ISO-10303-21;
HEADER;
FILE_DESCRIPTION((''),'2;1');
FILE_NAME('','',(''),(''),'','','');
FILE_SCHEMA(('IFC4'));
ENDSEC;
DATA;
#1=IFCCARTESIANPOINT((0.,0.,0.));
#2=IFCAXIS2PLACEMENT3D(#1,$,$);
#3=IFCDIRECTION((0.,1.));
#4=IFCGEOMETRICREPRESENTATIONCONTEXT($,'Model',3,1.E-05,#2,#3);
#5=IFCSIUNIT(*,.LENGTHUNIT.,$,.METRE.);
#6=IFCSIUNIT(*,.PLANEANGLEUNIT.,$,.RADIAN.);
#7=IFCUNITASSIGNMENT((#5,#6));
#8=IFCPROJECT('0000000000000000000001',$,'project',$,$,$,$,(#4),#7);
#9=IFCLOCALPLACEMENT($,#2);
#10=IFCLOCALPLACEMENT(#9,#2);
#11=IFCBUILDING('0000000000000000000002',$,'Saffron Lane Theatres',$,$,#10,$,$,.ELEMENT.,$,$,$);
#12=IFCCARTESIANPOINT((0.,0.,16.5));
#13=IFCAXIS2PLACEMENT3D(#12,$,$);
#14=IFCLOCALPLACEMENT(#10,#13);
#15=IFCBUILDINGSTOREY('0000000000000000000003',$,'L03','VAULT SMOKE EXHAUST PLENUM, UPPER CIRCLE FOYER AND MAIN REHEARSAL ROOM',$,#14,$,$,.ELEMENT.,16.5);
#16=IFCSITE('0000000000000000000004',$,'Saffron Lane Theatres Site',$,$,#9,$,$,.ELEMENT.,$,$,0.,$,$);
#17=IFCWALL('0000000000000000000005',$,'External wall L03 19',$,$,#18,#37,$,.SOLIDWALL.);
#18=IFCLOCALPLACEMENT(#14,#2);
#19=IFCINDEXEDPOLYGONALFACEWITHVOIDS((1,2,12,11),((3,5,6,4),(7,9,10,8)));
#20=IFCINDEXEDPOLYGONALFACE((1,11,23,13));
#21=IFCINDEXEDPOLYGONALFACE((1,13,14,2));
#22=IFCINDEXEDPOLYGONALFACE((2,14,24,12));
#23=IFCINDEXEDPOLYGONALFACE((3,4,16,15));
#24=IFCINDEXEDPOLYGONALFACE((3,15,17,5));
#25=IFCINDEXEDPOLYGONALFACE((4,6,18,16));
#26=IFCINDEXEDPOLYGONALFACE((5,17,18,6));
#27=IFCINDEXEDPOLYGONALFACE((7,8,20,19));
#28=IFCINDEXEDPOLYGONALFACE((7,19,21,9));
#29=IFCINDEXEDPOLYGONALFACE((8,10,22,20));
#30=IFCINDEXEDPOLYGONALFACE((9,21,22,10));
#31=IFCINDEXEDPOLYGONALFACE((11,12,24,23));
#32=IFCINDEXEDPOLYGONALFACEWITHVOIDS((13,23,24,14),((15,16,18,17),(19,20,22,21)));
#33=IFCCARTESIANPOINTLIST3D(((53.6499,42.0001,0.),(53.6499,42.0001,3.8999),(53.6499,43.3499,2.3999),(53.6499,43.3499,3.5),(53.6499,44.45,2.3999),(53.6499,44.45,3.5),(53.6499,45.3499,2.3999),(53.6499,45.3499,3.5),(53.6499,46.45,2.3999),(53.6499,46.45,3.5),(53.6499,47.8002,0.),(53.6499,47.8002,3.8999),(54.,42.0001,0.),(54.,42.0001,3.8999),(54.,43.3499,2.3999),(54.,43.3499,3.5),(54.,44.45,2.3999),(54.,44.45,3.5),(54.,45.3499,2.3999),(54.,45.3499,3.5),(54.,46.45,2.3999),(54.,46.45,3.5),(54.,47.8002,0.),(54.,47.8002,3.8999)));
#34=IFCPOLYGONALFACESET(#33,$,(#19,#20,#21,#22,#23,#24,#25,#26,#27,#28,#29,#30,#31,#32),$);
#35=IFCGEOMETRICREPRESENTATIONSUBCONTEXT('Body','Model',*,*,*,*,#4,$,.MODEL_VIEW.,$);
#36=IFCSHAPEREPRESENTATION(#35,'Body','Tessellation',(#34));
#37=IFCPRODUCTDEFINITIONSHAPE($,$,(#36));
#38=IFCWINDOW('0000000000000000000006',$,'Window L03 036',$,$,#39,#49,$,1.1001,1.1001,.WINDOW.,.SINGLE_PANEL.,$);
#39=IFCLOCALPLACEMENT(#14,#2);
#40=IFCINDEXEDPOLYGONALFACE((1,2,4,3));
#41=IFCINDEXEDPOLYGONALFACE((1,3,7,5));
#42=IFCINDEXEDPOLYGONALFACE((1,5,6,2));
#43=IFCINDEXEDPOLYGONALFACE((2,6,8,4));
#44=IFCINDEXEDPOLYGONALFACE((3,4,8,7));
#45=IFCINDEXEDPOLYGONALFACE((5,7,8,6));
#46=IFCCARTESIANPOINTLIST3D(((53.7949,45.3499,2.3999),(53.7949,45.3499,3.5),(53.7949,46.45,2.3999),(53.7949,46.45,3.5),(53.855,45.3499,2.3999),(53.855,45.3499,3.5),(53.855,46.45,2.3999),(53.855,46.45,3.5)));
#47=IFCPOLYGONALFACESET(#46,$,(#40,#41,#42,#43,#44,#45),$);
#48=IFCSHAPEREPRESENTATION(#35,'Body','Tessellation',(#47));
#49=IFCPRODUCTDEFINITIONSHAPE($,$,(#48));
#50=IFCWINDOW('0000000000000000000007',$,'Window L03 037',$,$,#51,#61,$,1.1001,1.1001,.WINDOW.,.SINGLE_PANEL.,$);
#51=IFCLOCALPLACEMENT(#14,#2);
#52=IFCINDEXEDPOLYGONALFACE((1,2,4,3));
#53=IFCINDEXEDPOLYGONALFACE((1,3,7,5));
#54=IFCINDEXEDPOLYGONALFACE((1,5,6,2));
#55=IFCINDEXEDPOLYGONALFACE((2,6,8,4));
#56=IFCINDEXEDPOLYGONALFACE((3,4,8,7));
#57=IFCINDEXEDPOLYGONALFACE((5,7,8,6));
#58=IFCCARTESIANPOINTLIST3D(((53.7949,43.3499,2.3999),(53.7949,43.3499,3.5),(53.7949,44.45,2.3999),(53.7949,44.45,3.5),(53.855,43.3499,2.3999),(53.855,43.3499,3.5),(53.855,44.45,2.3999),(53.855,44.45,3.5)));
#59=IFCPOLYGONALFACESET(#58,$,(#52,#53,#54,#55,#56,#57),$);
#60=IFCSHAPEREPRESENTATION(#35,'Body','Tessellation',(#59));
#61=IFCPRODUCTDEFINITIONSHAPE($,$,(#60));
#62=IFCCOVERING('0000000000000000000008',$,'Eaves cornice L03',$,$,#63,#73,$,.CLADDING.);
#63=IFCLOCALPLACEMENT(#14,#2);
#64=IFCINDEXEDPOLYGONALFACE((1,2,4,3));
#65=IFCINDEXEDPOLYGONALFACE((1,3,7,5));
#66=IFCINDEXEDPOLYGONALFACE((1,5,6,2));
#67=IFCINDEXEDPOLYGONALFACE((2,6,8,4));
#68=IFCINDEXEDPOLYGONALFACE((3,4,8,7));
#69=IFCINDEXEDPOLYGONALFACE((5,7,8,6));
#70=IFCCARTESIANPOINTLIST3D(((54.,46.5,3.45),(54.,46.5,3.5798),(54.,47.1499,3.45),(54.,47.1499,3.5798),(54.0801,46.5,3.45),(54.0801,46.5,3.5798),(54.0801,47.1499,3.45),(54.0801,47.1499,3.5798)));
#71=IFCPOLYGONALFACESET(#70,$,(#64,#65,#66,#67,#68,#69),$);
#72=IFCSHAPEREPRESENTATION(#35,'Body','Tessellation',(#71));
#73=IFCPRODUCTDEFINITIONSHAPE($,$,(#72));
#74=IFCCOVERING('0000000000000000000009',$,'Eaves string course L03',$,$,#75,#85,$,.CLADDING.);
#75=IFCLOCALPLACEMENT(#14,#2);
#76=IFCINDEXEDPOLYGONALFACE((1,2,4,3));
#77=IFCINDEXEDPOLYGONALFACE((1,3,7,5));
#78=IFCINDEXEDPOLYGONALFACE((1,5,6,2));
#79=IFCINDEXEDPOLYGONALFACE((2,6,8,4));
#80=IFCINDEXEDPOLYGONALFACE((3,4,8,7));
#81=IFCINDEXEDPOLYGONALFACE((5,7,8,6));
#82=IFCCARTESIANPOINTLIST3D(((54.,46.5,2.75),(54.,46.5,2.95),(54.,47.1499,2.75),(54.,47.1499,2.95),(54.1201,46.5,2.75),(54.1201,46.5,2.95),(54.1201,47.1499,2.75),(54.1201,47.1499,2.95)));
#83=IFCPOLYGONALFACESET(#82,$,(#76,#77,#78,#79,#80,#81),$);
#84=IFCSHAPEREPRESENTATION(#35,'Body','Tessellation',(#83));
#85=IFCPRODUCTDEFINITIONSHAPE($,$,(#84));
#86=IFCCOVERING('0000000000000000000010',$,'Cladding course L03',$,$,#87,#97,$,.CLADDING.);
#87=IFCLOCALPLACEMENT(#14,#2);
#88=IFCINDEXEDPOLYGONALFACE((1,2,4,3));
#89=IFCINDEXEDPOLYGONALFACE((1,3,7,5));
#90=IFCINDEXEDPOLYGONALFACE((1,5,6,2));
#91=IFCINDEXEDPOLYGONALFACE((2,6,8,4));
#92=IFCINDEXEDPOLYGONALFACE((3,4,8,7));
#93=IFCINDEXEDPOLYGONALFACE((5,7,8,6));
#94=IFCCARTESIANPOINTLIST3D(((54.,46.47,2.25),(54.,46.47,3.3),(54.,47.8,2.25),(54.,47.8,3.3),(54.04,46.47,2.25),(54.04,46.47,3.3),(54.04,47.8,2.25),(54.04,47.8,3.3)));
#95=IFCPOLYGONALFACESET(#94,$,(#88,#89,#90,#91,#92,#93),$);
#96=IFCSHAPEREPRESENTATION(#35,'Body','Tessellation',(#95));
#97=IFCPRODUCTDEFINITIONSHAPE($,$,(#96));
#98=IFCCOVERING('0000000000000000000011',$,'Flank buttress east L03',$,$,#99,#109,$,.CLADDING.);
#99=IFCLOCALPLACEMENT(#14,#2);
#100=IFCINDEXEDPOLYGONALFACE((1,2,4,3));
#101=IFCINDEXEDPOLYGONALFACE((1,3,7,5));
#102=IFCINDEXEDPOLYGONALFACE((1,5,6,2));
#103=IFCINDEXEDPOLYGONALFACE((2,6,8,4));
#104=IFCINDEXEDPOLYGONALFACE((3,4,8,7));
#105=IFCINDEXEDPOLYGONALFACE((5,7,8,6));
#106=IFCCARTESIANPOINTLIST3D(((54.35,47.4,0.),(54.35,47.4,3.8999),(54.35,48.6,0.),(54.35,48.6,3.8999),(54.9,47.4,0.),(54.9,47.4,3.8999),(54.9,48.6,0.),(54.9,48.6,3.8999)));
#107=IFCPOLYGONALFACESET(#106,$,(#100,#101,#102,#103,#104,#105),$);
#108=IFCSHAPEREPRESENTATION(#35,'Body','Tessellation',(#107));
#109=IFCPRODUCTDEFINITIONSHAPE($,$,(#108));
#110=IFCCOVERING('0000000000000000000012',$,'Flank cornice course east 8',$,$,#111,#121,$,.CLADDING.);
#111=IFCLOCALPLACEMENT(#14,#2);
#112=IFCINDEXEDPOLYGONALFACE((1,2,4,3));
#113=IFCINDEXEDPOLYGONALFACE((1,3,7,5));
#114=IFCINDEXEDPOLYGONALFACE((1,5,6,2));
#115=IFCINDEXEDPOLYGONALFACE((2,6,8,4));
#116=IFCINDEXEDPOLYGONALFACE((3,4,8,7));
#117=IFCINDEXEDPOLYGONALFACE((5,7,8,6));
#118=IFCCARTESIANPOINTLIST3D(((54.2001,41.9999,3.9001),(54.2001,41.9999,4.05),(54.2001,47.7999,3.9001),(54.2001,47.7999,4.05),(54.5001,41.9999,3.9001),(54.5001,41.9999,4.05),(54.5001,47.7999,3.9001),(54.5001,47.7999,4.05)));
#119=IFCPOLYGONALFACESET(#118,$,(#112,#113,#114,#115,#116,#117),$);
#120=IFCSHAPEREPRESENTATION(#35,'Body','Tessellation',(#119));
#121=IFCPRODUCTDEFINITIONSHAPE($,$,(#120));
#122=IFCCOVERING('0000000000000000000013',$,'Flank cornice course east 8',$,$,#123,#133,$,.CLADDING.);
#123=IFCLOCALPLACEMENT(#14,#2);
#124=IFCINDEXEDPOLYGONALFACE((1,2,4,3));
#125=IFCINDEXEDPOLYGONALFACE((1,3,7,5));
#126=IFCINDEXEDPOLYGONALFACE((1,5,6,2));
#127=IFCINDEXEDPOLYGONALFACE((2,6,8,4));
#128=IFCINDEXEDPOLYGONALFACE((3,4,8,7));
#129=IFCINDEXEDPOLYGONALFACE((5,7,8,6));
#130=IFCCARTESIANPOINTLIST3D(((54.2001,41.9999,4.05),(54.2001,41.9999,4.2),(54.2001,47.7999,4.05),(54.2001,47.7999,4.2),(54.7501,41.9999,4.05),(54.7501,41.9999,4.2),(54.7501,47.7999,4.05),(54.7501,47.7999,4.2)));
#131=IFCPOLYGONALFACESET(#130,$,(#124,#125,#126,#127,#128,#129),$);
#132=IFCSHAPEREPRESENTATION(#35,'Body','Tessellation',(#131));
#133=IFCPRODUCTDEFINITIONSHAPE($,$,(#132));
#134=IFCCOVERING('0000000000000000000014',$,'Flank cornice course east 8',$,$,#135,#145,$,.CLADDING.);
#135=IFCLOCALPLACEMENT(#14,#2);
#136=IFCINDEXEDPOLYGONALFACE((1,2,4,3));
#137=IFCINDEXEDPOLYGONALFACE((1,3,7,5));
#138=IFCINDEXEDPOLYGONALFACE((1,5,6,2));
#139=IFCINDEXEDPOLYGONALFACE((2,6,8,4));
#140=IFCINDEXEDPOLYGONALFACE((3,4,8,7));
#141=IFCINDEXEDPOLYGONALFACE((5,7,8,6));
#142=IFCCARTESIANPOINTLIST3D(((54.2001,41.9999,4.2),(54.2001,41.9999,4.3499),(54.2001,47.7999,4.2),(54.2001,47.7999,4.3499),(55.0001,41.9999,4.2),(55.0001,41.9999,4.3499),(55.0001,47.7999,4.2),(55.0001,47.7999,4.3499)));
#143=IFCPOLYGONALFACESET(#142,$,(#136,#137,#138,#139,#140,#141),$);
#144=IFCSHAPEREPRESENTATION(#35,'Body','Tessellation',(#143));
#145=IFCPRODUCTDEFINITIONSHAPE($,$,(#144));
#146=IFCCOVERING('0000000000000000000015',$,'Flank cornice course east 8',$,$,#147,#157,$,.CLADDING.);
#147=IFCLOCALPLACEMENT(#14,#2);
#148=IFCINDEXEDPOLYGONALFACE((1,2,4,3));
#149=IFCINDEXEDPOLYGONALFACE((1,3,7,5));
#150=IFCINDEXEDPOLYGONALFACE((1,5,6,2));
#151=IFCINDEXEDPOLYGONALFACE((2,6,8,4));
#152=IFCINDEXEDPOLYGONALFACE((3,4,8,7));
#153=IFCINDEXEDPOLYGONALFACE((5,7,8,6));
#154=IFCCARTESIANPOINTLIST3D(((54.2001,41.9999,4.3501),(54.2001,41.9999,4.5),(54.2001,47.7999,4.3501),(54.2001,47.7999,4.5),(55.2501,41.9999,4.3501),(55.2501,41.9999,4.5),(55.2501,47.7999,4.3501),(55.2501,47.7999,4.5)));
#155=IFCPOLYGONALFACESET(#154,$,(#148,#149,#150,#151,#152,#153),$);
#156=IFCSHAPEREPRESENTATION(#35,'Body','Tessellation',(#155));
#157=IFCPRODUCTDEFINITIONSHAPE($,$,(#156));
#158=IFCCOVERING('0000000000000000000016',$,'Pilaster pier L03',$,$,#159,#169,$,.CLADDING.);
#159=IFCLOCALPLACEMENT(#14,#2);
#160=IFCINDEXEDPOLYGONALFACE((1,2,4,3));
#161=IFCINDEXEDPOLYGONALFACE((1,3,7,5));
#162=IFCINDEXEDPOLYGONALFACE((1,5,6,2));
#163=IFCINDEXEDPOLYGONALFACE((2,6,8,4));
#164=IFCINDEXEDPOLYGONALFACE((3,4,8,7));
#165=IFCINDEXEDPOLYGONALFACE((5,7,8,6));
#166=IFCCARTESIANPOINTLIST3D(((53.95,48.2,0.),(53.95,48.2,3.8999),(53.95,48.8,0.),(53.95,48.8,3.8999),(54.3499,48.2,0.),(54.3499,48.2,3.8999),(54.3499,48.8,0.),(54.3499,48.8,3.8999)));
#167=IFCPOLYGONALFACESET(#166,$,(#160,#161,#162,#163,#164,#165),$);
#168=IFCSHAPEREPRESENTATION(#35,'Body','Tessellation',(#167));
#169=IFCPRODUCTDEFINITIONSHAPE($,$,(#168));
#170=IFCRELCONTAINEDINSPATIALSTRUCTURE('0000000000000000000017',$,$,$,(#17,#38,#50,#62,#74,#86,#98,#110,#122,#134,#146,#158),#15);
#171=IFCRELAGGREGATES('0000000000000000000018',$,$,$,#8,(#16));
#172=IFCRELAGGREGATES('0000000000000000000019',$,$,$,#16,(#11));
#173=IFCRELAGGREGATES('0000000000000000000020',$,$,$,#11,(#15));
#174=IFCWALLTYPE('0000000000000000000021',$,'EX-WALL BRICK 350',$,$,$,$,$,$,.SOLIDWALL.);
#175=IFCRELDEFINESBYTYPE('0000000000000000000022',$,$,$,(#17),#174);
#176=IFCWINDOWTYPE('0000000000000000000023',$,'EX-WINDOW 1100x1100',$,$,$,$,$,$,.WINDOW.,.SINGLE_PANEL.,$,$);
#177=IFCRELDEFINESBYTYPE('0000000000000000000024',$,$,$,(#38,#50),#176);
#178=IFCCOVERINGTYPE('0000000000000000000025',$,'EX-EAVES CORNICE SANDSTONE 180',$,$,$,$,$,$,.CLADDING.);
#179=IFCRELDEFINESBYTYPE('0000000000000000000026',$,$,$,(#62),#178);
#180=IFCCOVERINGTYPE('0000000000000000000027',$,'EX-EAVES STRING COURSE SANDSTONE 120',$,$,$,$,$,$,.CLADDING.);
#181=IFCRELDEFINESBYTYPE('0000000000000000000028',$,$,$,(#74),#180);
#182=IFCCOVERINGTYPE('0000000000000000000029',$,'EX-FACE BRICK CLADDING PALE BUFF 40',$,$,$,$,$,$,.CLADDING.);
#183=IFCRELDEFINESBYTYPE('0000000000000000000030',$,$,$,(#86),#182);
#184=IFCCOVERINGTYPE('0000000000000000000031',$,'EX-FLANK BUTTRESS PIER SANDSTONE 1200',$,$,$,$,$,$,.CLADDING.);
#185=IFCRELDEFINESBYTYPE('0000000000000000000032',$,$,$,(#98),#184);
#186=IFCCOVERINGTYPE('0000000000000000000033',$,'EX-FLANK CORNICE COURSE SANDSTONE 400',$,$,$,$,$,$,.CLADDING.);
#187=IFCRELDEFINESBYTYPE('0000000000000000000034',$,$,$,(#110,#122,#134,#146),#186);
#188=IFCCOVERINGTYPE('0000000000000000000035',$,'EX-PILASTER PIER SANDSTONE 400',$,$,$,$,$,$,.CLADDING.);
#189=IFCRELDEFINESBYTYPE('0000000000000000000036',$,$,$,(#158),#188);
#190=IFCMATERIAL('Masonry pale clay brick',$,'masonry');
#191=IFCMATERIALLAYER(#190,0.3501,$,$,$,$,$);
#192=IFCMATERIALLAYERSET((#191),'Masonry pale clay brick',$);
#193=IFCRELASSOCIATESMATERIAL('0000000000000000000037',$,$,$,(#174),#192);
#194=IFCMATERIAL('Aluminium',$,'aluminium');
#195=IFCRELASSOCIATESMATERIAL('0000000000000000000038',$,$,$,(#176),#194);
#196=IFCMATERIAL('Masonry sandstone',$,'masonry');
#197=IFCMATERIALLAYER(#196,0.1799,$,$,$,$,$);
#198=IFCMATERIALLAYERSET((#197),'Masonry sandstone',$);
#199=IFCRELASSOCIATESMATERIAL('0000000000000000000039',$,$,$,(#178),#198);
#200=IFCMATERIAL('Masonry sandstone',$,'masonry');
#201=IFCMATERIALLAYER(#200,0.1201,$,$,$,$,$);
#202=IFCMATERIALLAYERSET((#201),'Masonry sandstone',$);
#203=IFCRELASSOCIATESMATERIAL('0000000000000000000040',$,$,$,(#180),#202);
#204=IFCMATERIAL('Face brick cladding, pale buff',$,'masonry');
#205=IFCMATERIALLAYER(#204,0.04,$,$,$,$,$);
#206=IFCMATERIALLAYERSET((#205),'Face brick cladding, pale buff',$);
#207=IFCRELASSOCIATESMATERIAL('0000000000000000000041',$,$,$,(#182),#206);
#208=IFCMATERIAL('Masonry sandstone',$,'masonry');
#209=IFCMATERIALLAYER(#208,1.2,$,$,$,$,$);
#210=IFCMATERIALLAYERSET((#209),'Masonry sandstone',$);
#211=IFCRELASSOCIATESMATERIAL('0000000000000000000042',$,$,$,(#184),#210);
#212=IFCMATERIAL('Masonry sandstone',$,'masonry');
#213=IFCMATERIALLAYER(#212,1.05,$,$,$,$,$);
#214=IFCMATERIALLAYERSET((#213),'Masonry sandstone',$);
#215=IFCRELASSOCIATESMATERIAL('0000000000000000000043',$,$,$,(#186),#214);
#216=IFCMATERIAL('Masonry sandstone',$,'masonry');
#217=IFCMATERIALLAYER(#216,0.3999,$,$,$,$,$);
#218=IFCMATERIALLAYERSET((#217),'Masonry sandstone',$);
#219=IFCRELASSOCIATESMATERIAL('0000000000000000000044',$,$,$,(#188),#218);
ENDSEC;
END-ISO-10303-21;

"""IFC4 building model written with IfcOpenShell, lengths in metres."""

from ifc_helpers import new_model, si_unit, direction, frame, frame_2d, origin, origin_2d, place, context, subcontext, project, spatial, rectangle, extrude, material, layer, layer_set, type_object, element, fill, save


model = new_model("IFC4")

# Units and contexts
model_context = context("Model", 3, precision=1e-05, world=origin(), true_north=direction((0.0, 1.0)))
body_context = subcontext(model_context, "Body", "Model", "MODEL_VIEW")
ifc_project = project(units=[si_unit("LENGTHUNIT", "METRE"), si_unit("PLANEANGLEUNIT", "RADIAN")], contexts=[model_context])

# Site, building, storey
site_placement = place(None, origin())
site = spatial("IfcSite", under=ifc_project, at=site_placement, Name="Saffron Lane Theatres Site", CompositionType="ELEMENT", RefElevation=0.0)
building_placement = place(site_placement, origin())
building = spatial("IfcBuilding", under=site, at=building_placement, Name="Saffron Lane Theatres", CompositionType="ELEMENT")
storey_placement = place(building_placement, frame((0.0, 0.0, 16.5)))
storey = spatial("IfcBuildingStorey", under=building, at=storey_placement, Name="L03", Description="VAULT SMOKE EXHAUST PLENUM, UPPER CIRCLE FOYER AND MAIN REHEARSAL ROOM", CompositionType="ELEMENT", Elevation=16.5)

# Wall, openings, windows
ifc_material_1 = material(Name="Masonry pale clay brick", Category="masonry")
ifc_layer_1 = layer(ifc_material_1, 0.3501)
ifc_layer_set_1 = layer_set([ifc_layer_1], Name="Masonry pale clay brick")
wall_type = type_object("IfcWallType", Name="EX-WALL BRICK 350", PredefinedType="SOLIDWALL", material=ifc_layer_set_1)
wall_placement = place(storey_placement, frame((53.825, 47.8, 0.0), z_axis=(0.0, 0.0, 1.0), x_axis=(0.0, -1.0, 0.0)))
wall = element("IfcWall", 1, at=wall_placement, inside=storey, type_object=wall_type, Name="External wall L03 19", PredefinedType="SOLIDWALL", context=body_context, shape_type="SweptSolid", body=[
    extrude(rectangle(XDim=5.8, YDim=0.3501, at=frame_2d((2.8999, 0.0))), origin(), (0.0, 0.0, 1.0), 3.8999),
])
opening_1_placement = place(wall_placement, frame((1.3501, 0.0, 2.3999)))
opening_1 = element("IfcOpeningElement", 2, at=opening_1_placement, cuts=wall, PredefinedType="OPENING", context=body_context, shape_type="SweptSolid", body=[
    extrude(rectangle(XDim=1.1001, YDim=1.1001, at=frame_2d((0.55, 0.55))), frame((0.0, 0.1851, 0.0), z_axis=(0.0, -1.0, 0.0), x_axis=(1.0, 0.0, 0.0)), (0.0, 0.0, 1.0), 0.3701),
])
opening_2_placement = place(wall_placement, frame((3.3501, 0.0, 2.3999)))
opening_2 = element("IfcOpeningElement", 3, at=opening_2_placement, cuts=wall, PredefinedType="OPENING", context=body_context, shape_type="SweptSolid", body=[
    extrude(rectangle(XDim=1.1001, YDim=1.1001, at=frame_2d((0.55, 0.55))), frame((0.0, 0.1851, 0.0), z_axis=(0.0, -1.0, 0.0), x_axis=(1.0, 0.0, 0.0)), (0.0, 0.0, 1.0), 0.3701),
])
ifc_material_2 = material(Name="Aluminium", Category="aluminium")
window_type = type_object("IfcWindowType", Name="EX-WINDOW 1100x1100", PartitioningType="SINGLE_PANEL", PredefinedType="WINDOW", material=ifc_material_2)
window_1_placement = place(opening_1_placement, origin())
window_1 = element("IfcWindow", 4, at=window_1_placement, inside=storey, type_object=window_type, Name="Window L03 036", OverallHeight=1.1001, OverallWidth=1.1001, PartitioningType="SINGLE_PANEL", PredefinedType="WINDOW", context=body_context, shape_type="SweptSolid", body=[
    extrude(rectangle(XDim=1.1001, YDim=1.1001, at=frame_2d((0.55, 0.55))), frame((0.0, 0.03, 0.0), z_axis=(0.0, -1.0, 0.0), x_axis=(1.0, 0.0, 0.0)), (0.0, 0.0, 1.0), 0.0601),
])
fill(opening_1, window_1)
window_2_placement = place(opening_2_placement, origin())
window_2 = element("IfcWindow", 5, at=window_2_placement, inside=storey, type_object=window_type, Name="Window L03 037", OverallHeight=1.1001, OverallWidth=1.1001, PartitioningType="SINGLE_PANEL", PredefinedType="WINDOW", context=body_context, shape_type="SweptSolid", body=[
    extrude(rectangle(XDim=1.1001, YDim=1.1001, at=frame_2d((0.55, 0.55))), frame((0.0, 0.03, 0.0), z_axis=(0.0, -1.0, 0.0), x_axis=(1.0, 0.0, 0.0)), (0.0, 0.0, 1.0), 0.0601),
])
fill(opening_2, window_2)

# Coverings
ifc_material_3 = material(Name="Masonry sandstone", Category="masonry")
ifc_layer_2 = layer(ifc_material_3, 0.1799)
ifc_layer_set_2 = layer_set([ifc_layer_2], Name="Masonry sandstone")
covering_type_1 = type_object("IfcCoveringType", Name="EX-EAVES CORNICE SANDSTONE 180", PredefinedType="CLADDING", material=ifc_layer_set_2)
covering_1_placement = place(storey_placement, frame((54.04, 46.825, 3.45), z_axis=(0.0, 0.0, 1.0), x_axis=(0.0, -1.0, 0.0)))
element("IfcCovering", 6, at=covering_1_placement, inside=storey, type_object=covering_type_1, Name="Eaves cornice L03", PredefinedType="CLADDING", context=body_context, shape_type="SweptSolid", body=[
    extrude(rectangle(XDim=0.6499, YDim=0.0801, at=origin_2d()), origin(), (0.0, 0.0, 1.0), 0.1299),
])
ifc_material_4 = material(Name="Masonry sandstone", Category="masonry")
ifc_layer_3 = layer(ifc_material_4, 0.1201)
ifc_layer_set_3 = layer_set([ifc_layer_3], Name="Masonry sandstone")
covering_type_2 = type_object("IfcCoveringType", Name="EX-EAVES STRING COURSE SANDSTONE 120", PredefinedType="CLADDING", material=ifc_layer_set_3)
covering_2_placement = place(storey_placement, frame((54.0601, 46.825, 2.75), z_axis=(0.0, 0.0, 1.0), x_axis=(0.0, -1.0, 0.0)))
element("IfcCovering", 7, at=covering_2_placement, inside=storey, type_object=covering_type_2, Name="Eaves string course L03", PredefinedType="CLADDING", context=body_context, shape_type="SweptSolid", body=[
    extrude(rectangle(XDim=0.6499, YDim=0.1201, at=origin_2d()), origin(), (0.0, 0.0, 1.0), 0.2),
])
ifc_material_5 = material(Name="Face brick cladding, pale buff", Category="masonry")
ifc_layer_4 = layer(ifc_material_5, 0.04)
ifc_layer_set_4 = layer_set([ifc_layer_4], Name="Face brick cladding, pale buff")
covering_type_3 = type_object("IfcCoveringType", Name="EX-FACE BRICK CLADDING PALE BUFF 40", PredefinedType="CLADDING", material=ifc_layer_set_4)
covering_3_placement = place(storey_placement, frame((54.02, 47.135, 2.25), z_axis=(0.0, 0.0, 1.0), x_axis=(0.0, -1.0, 0.0)))
element("IfcCovering", 8, at=covering_3_placement, inside=storey, type_object=covering_type_3, Name="Cladding course L03", PredefinedType="CLADDING", context=body_context, shape_type="SweptSolid", body=[
    extrude(rectangle(XDim=1.3301, YDim=0.04, at=origin_2d()), origin(), (0.0, 0.0, 1.0), 1.05),
])
ifc_material_6 = material(Name="Masonry sandstone", Category="masonry")
ifc_layer_5 = layer(ifc_material_6, 1.2)
ifc_layer_set_5 = layer_set([ifc_layer_5], Name="Masonry sandstone")
covering_type_4 = type_object("IfcCoveringType", Name="EX-FLANK BUTTRESS PIER SANDSTONE 1200", PredefinedType="CLADDING", material=ifc_layer_set_5)
covering_4_placement = place(storey_placement, frame((54.625, 48.0, 0.0), z_axis=(0.0, 0.0, 1.0), x_axis=(0.0, 1.0, 0.0)))
element("IfcCovering", 9, at=covering_4_placement, inside=storey, type_object=covering_type_4, Name="Flank buttress east L03", PredefinedType="CLADDING", context=body_context, shape_type="SweptSolid", body=[
    extrude(rectangle(XDim=1.2, YDim=0.55, at=origin_2d()), origin(), (0.0, 0.0, 1.0), 3.8999),
])
ifc_material_7 = material(Name="Masonry sandstone", Category="masonry")
ifc_layer_6 = layer(ifc_material_7, 1.05)
ifc_layer_set_6 = layer_set([ifc_layer_6], Name="Masonry sandstone")
covering_type_5 = type_object("IfcCoveringType", Name="EX-FLANK CORNICE COURSE SANDSTONE 400", PredefinedType="CLADDING", material=ifc_layer_set_6)
covering_5_placement = place(storey_placement, frame((54.3501, 44.8999, 3.9001), z_axis=(0.0, 0.0, 1.0), x_axis=(0.0, 1.0, 0.0)))
element("IfcCovering", 10, at=covering_5_placement, inside=storey, type_object=covering_type_5, Name="Flank cornice course east 8", PredefinedType="CLADDING", context=body_context, shape_type="SweptSolid", body=[
    extrude(rectangle(XDim=5.8, YDim=0.3, at=origin_2d()), origin(), (0.0, 0.0, 1.0), 0.1499),
])
covering_6_placement = place(storey_placement, frame((54.4751, 44.8999, 4.05), z_axis=(0.0, 0.0, 1.0), x_axis=(0.0, 1.0, 0.0)))
element("IfcCovering", 11, at=covering_6_placement, inside=storey, type_object=covering_type_5, Name="Flank cornice course east 8", PredefinedType="CLADDING", context=body_context, shape_type="SweptSolid", body=[
    extrude(rectangle(XDim=5.8, YDim=0.55, at=origin_2d()), origin(), (0.0, 0.0, 1.0), 0.1499),
])
covering_7_placement = place(storey_placement, frame((54.6001, 44.8999, 4.2), z_axis=(0.0, 0.0, 1.0), x_axis=(0.0, 1.0, 0.0)))
element("IfcCovering", 12, at=covering_7_placement, inside=storey, type_object=covering_type_5, Name="Flank cornice course east 8", PredefinedType="CLADDING", context=body_context, shape_type="SweptSolid", body=[
    extrude(rectangle(XDim=5.8, YDim=0.8, at=origin_2d()), origin(), (0.0, 0.0, 1.0), 0.1499),
])
covering_8_placement = place(storey_placement, frame((54.7251, 44.8999, 4.3501), z_axis=(0.0, 0.0, 1.0), x_axis=(0.0, 1.0, 0.0)))
element("IfcCovering", 13, at=covering_8_placement, inside=storey, type_object=covering_type_5, Name="Flank cornice course east 8", PredefinedType="CLADDING", context=body_context, shape_type="SweptSolid", body=[
    extrude(rectangle(XDim=5.8, YDim=1.05, at=origin_2d()), origin(), (0.0, 0.0, 1.0), 0.1499),
])
ifc_material_8 = material(Name="Masonry sandstone", Category="masonry")
ifc_layer_7 = layer(ifc_material_8, 0.3999)
ifc_layer_set_7 = layer_set([ifc_layer_7], Name="Masonry sandstone")
covering_type_6 = type_object("IfcCoveringType", Name="EX-PILASTER PIER SANDSTONE 400", PredefinedType="CLADDING", material=ifc_layer_set_7)
for number, where, z_axis, x_axis, name in (
    (14, (54.1499, 48.5, 0.0), (0.0, 0.0, 1.0), (0.0, -1.0, 0.0), "Pilaster pier L03"),
):
    element("IfcCovering", number, at=place(storey_placement, frame(where, z_axis=z_axis, x_axis=x_axis)), inside=storey, type_object=covering_type_6, Name=name, PredefinedType="CLADDING", context=body_context, shape_type="SweptSolid", body=[
        extrude(rectangle(XDim=0.6001, YDim=0.3999, at=origin_2d()), origin(), (0.0, 0.0, 1.0), 3.8999),
    ])

save(model, "model.ifc")
